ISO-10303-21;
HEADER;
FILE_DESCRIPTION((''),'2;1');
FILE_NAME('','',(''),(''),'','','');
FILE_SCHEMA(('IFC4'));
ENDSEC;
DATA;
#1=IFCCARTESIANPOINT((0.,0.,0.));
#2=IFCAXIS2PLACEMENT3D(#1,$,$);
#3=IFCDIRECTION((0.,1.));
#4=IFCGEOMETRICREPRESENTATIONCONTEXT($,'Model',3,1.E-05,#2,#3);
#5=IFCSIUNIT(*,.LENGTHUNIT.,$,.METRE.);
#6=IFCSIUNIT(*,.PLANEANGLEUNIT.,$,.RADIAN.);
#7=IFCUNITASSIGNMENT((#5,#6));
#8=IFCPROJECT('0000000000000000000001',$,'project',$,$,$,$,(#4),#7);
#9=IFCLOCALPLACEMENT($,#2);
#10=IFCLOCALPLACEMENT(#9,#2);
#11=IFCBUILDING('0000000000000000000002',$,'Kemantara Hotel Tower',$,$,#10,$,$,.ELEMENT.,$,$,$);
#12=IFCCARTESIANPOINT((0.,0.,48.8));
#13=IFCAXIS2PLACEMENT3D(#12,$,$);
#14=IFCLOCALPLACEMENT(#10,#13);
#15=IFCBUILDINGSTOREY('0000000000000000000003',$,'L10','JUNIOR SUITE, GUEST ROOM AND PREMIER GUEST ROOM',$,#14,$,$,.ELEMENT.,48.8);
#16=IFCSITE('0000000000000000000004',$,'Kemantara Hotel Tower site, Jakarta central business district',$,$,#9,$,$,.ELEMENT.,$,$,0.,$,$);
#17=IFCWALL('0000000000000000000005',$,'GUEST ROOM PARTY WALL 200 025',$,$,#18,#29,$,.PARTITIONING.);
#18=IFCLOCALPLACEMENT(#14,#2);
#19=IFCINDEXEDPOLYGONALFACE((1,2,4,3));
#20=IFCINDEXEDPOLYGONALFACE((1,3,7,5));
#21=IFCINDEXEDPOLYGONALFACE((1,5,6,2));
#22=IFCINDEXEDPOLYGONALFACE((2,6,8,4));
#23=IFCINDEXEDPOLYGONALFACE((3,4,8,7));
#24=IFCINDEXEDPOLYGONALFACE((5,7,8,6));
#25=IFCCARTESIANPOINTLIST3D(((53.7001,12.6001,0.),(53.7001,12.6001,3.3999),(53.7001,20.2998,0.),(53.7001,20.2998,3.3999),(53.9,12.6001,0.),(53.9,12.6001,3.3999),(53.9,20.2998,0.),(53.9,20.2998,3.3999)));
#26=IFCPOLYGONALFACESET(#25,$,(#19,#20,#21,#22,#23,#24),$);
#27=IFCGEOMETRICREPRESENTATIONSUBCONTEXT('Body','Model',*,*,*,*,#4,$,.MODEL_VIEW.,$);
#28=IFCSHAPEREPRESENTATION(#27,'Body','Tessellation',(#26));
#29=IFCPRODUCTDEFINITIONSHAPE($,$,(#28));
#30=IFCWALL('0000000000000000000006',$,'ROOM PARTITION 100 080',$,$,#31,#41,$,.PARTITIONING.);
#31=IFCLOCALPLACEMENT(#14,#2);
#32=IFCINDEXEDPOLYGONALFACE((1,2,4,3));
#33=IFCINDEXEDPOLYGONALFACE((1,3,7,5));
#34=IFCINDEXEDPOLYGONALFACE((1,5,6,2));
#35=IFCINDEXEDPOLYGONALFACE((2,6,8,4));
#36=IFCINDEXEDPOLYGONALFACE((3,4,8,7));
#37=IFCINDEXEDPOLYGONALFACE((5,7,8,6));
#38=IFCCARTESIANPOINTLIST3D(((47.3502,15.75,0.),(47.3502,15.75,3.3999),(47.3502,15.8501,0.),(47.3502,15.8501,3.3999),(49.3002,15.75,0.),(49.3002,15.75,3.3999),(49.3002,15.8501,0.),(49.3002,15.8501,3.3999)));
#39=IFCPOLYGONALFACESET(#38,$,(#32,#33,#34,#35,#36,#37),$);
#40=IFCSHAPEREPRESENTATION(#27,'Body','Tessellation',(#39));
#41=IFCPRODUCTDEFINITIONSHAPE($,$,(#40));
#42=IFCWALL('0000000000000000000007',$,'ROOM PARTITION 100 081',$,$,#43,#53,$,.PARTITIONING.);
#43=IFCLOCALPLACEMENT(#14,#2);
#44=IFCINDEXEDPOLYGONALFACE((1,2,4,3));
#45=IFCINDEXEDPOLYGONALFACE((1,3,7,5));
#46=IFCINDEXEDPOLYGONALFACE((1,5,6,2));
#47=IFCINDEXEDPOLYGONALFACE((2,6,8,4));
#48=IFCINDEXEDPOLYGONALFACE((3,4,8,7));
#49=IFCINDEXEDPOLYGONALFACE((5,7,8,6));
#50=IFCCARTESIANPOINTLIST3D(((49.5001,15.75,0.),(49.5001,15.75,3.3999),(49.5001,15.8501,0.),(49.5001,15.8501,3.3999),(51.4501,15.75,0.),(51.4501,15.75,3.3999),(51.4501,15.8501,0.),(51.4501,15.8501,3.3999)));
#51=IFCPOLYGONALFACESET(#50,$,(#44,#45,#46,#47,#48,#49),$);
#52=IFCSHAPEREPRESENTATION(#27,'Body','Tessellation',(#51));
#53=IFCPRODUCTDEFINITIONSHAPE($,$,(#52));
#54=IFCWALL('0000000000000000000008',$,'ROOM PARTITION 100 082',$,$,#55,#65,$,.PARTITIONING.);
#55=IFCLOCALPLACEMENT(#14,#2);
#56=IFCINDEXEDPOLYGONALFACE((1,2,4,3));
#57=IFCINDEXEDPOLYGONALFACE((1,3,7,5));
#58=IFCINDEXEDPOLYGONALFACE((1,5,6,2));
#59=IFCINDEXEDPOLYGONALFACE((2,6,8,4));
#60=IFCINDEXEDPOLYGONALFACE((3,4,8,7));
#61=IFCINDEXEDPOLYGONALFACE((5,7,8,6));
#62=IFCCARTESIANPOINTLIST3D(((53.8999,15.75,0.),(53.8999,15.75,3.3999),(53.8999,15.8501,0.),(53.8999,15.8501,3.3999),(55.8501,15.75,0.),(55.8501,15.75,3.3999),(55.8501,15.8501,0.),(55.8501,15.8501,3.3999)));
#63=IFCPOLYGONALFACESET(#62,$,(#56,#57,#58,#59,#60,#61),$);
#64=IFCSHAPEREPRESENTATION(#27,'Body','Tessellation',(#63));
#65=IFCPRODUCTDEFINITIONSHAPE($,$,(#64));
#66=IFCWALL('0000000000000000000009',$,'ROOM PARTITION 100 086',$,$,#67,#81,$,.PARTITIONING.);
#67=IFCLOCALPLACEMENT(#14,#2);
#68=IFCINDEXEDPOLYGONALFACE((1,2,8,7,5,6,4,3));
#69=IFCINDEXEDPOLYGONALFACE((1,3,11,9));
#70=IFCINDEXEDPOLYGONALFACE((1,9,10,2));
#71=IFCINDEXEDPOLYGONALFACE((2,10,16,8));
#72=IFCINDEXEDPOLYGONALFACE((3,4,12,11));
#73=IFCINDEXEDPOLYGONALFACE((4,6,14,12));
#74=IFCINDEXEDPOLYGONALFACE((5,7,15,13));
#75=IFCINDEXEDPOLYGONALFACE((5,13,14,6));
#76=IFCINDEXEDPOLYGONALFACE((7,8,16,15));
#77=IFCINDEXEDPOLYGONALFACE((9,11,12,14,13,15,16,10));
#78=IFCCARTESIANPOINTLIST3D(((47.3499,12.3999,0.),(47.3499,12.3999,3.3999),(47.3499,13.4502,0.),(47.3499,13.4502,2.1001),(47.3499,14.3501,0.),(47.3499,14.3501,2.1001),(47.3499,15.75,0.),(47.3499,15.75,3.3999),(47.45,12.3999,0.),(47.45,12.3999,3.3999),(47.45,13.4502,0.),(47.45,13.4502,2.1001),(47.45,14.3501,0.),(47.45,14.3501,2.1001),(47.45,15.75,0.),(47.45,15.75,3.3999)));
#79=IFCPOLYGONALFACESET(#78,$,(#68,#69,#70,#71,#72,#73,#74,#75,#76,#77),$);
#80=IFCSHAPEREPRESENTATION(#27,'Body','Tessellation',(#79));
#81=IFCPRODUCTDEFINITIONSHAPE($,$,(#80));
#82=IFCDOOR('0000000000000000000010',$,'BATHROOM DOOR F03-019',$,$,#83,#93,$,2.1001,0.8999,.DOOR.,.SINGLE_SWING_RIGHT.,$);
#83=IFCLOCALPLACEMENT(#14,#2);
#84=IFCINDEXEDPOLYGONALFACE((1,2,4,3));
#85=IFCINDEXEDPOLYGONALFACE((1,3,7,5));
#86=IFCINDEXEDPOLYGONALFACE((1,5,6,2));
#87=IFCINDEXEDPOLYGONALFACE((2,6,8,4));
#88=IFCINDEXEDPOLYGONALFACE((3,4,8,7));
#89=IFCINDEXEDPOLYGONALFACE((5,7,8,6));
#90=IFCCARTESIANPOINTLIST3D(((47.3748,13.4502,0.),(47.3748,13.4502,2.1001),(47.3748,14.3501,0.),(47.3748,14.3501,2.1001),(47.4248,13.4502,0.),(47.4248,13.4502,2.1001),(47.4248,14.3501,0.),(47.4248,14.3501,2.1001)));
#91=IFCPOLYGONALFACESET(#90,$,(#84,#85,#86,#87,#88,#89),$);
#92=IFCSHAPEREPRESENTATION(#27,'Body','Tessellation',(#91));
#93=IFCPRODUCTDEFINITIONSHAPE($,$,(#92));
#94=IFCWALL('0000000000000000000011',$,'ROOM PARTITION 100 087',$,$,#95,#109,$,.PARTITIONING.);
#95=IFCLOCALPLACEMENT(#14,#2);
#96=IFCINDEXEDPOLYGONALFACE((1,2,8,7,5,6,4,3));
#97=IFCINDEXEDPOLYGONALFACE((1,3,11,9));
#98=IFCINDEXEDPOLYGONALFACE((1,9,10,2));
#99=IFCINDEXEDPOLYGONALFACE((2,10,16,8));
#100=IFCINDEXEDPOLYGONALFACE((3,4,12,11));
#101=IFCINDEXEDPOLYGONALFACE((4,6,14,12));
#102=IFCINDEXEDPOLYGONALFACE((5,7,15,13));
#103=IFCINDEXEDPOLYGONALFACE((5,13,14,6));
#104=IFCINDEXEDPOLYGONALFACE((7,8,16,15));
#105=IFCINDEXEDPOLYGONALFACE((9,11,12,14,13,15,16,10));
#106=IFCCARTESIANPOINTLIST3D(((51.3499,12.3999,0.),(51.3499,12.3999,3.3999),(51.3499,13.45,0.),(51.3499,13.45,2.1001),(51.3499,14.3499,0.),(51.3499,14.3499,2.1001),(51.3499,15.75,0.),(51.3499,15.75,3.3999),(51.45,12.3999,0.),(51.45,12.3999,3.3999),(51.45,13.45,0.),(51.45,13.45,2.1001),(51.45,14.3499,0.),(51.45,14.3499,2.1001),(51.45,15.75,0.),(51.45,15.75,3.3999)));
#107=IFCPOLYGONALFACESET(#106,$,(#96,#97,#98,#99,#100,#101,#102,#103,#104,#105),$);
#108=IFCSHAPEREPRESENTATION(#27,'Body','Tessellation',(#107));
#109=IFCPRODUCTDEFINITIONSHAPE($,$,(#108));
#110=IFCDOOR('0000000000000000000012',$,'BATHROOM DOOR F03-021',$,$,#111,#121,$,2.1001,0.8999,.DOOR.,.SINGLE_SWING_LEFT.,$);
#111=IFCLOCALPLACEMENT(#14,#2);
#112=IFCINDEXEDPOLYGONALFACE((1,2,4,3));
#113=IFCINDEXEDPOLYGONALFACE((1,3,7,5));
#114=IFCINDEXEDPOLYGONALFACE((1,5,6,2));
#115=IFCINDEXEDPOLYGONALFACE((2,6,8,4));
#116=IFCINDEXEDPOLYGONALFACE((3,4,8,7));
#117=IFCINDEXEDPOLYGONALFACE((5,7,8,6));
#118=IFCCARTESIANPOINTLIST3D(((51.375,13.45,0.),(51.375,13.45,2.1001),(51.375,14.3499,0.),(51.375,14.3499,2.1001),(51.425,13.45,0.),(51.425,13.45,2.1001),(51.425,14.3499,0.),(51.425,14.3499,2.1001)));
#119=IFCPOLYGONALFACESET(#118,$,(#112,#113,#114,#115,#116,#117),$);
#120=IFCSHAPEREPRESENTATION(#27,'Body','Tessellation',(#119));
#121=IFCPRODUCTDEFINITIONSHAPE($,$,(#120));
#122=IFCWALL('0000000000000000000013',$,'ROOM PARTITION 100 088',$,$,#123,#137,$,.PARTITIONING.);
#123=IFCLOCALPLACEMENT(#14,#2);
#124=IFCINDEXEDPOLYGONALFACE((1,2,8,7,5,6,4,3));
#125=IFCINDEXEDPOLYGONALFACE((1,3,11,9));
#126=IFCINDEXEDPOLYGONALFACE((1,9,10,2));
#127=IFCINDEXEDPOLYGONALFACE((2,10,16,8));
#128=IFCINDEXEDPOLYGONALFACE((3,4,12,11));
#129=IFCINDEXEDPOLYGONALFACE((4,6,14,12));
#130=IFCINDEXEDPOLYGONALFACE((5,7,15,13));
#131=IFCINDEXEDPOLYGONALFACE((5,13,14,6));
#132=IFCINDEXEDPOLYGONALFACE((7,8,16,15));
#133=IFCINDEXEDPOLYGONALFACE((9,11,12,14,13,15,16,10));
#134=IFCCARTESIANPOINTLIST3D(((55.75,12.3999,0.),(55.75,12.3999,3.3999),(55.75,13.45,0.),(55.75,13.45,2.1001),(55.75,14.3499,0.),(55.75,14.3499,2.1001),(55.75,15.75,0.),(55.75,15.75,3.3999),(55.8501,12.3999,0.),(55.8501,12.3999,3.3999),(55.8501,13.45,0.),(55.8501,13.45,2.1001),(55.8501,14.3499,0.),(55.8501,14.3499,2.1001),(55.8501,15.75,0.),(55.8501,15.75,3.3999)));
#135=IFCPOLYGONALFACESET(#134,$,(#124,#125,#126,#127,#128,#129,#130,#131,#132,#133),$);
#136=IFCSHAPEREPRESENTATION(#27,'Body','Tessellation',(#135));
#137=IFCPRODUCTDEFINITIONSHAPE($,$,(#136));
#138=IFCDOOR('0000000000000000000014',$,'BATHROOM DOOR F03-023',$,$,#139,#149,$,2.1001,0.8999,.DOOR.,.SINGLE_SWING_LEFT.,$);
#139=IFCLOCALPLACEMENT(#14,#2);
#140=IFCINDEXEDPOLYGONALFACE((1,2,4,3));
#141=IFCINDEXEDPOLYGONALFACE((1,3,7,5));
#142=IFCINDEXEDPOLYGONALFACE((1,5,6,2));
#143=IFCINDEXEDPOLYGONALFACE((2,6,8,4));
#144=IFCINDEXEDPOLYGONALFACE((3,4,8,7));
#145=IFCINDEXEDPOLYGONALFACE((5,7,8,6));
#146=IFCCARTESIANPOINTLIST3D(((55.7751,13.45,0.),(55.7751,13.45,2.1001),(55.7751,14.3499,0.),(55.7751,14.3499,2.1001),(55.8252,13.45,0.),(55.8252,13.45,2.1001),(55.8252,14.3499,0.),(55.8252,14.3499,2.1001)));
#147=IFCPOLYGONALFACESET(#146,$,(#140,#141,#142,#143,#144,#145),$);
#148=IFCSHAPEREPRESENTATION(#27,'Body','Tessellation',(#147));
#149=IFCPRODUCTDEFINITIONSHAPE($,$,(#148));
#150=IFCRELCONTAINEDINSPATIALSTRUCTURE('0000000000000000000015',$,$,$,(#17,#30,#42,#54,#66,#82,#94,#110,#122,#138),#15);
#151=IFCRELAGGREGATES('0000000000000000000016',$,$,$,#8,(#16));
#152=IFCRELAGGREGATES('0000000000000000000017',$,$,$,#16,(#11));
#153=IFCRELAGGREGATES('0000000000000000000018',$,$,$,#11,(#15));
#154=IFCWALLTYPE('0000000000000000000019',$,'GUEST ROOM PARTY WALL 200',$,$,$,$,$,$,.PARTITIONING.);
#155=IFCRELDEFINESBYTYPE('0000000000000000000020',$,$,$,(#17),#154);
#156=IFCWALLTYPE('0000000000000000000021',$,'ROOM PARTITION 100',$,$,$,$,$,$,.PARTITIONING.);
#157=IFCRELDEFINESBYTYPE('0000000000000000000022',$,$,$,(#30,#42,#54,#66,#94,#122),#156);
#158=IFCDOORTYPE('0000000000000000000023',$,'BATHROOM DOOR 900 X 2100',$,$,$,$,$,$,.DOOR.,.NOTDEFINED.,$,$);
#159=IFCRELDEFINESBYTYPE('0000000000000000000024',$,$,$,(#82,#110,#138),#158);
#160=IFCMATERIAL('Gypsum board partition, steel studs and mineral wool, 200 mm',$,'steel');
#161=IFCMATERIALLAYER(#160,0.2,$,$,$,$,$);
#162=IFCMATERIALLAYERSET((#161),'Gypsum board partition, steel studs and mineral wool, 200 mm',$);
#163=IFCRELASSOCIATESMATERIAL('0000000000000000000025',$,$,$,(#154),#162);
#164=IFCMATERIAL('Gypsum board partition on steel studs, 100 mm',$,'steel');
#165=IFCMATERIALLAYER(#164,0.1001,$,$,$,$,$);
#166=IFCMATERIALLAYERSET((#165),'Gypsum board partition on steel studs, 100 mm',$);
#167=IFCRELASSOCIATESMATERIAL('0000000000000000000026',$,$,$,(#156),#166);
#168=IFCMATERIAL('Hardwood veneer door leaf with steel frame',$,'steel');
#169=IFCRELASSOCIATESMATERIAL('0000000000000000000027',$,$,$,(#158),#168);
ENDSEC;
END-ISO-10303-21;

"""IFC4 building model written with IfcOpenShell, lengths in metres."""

from ifc_helpers import new_model, si_unit, direction, frame, frame_2d, origin, place, context, subcontext, project, spatial, rectangle, extrude, material, layer, layer_set, type_object, element, fill, save


model = new_model("IFC4")

# Units and contexts
model_context = context("Model", 3, precision=1e-05, world=origin(), true_north=direction((0.0, 1.0)))
body_context = subcontext(model_context, "Body", "Model", "MODEL_VIEW")
ifc_project = project(units=[si_unit("LENGTHUNIT", "METRE"), si_unit("PLANEANGLEUNIT", "RADIAN")], contexts=[model_context])

# Site, building, storey
site_placement = place(None, origin())
site = spatial("IfcSite", under=ifc_project, at=site_placement, Name="Kemantara Hotel Tower site, Jakarta central business district", CompositionType="ELEMENT", RefElevation=0.0)
building_placement = place(site_placement, origin())
building = spatial("IfcBuilding", under=site, at=building_placement, Name="Kemantara Hotel Tower", CompositionType="ELEMENT")
storey_placement = place(building_placement, frame((0.0, 0.0, 48.8)))
storey = spatial("IfcBuildingStorey", under=building, at=storey_placement, Name="L10", Description="JUNIOR SUITE, GUEST ROOM AND PREMIER GUEST ROOM", CompositionType="ELEMENT", Elevation=48.8)

# Shared definitions
ifc_material_1 = material(Name="Gypsum board partition, steel studs and mineral wool, 200 mm", Category="steel")
ifc_material_2 = material(Name="Hardwood veneer door leaf with steel frame", Category="steel")

# Walls
ifc_layer_1 = layer(ifc_material_1, 0.2)
ifc_layer_set_1 = layer_set([ifc_layer_1], Name="Gypsum board partition, steel studs and mineral wool, 200 mm")
wall_type_1 = type_object("IfcWallType", Name="GUEST ROOM PARTY WALL 200", PredefinedType="PARTITIONING", material=ifc_layer_set_1)
wall_1_placement = place(storey_placement, frame((53.8, 12.6001, 0.0), z_axis=(0.0, 0.0, 1.0), x_axis=(0.0, 1.0, 0.0)))
element("IfcWall", 1, at=wall_1_placement, inside=storey, type_object=wall_type_1, Name="GUEST ROOM PARTY WALL 200 025", PredefinedType="PARTITIONING", context=body_context, shape_type="SweptSolid", body=[
    extrude(rectangle(XDim=7.6997, YDim=0.2, at=frame_2d((3.8499, 0.0))), origin(), (0.0, 0.0, 1.0), 3.3999),
])
ifc_material_3 = material(Name="Gypsum board partition on steel studs, 100 mm", Category="steel")
ifc_layer_2 = layer(ifc_material_3, 0.1001)
ifc_layer_set_2 = layer_set([ifc_layer_2], Name="Gypsum board partition on steel studs, 100 mm")
wall_type_2 = type_object("IfcWallType", Name="ROOM PARTITION 100", PredefinedType="PARTITIONING", material=ifc_layer_set_2)
for number, where, z_axis, x_axis, name in (
    (2, (47.3501, 15.8, 0.0), (0.0, 0.0, 1.0), (1.0, 0.0, 0.0), "ROOM PARTITION 100 080"),
    (3, (49.5, 15.8, 0.0), (0.0, 0.0, 1.0), (1.0, 0.0, 0.0), "ROOM PARTITION 100 081"),
):
    element("IfcWall", number, at=place(storey_placement, frame(where, z_axis=z_axis, x_axis=x_axis)), inside=storey, type_object=wall_type_2, Name=name, PredefinedType="PARTITIONING", context=body_context, shape_type="SweptSolid", body=[
        extrude(rectangle(XDim=1.95, YDim=0.1001, at=frame_2d((0.9751, 0.0))), origin(), (0.0, 0.0, 1.0), 3.3999),
    ])
wall_2_placement = place(storey_placement, frame((53.8999, 15.8, 0.0), z_axis=(0.0, 0.0, 1.0), x_axis=(1.0, 0.0, 0.0)))
element("IfcWall", 4, at=wall_2_placement, inside=storey, type_object=wall_type_2, Name="ROOM PARTITION 100 082", PredefinedType="PARTITIONING", context=body_context, shape_type="SweptSolid", body=[
    extrude(rectangle(XDim=1.9502, YDim=0.1001, at=frame_2d((0.9751, 0.0))), origin(), (0.0, 0.0, 1.0), 3.3999),
])

# Walls, openings, doors
wall_3_placement = place(storey_placement, frame((47.3999, 15.75, 0.0), z_axis=(0.0, 0.0, 1.0), x_axis=(0.0, -1.0, 0.0)))
wall_3 = element("IfcWall", 5, at=wall_3_placement, inside=storey, type_object=wall_type_2, Name="ROOM PARTITION 100 086", PredefinedType="PARTITIONING", context=body_context, shape_type="SweptSolid", body=[
    extrude(rectangle(XDim=3.3501, YDim=0.1001, at=frame_2d((1.675, 0.0))), origin(), (0.0, 0.0, 1.0), 3.3999),
])
opening_1_placement = place(wall_3_placement, frame((1.3999, 0.0, 0.0)))
opening_1 = element("IfcOpeningElement", 6, at=opening_1_placement, cuts=wall_3, PredefinedType="OPENING", context=body_context, shape_type="SweptSolid", body=[
    extrude(rectangle(XDim=0.8999, YDim=2.1001, at=frame_2d((0.45, 1.05))), frame((0.0, 0.0601, 0.0), z_axis=(0.0, -1.0, 0.0), x_axis=(1.0, 0.0, 0.0)), (0.0, 0.0, 1.0), 0.1201),
])
door_type_1 = type_object("IfcDoorType", Name="BATHROOM DOOR 900 X 2100", OperationType="NOTDEFINED", PredefinedType="DOOR", material=ifc_material_2)
door_1_placement = place(opening_1_placement, origin())
door_1 = element("IfcDoor", 7, at=door_1_placement, inside=storey, type_object=door_type_1, Name="BATHROOM DOOR F03-019", OperationType="SINGLE_SWING_RIGHT", OverallHeight=2.1001, OverallWidth=0.8999, PredefinedType="DOOR", context=body_context, shape_type="SweptSolid", body=[
    extrude(rectangle(XDim=0.8999, YDim=2.1001, at=frame_2d((0.45, 1.05))), frame((0.0, 0.0249, 0.0), z_axis=(0.0, -1.0, 0.0), x_axis=(1.0, 0.0, 0.0)), (0.0, 0.0, 1.0), 0.05),
])
fill(opening_1, door_1)
wall_4_placement = place(storey_placement, frame((51.3999, 12.3999, 0.0), z_axis=(0.0, 0.0, 1.0), x_axis=(0.0, 1.0, 0.0)))
wall_4 = element("IfcWall", 8, at=wall_4_placement, inside=storey, type_object=wall_type_2, Name="ROOM PARTITION 100 087", PredefinedType="PARTITIONING", context=body_context, shape_type="SweptSolid", body=[
    extrude(rectangle(XDim=3.3501, YDim=0.1001, at=frame_2d((1.675, 0.0))), origin(), (0.0, 0.0, 1.0), 3.3999),
])
opening_2_placement = place(wall_4_placement, frame((1.05, 0.0, 0.0)))
opening_2 = element("IfcOpeningElement", 9, at=opening_2_placement, cuts=wall_4, PredefinedType="OPENING", context=body_context, shape_type="SweptSolid", body=[
    extrude(rectangle(XDim=0.8999, YDim=2.1001, at=frame_2d((0.45, 1.05))), frame((0.0, 0.0601, 0.0), z_axis=(0.0, -1.0, 0.0), x_axis=(1.0, 0.0, 0.0)), (0.0, 0.0, 1.0), 0.1201),
])
door_2_placement = place(opening_2_placement, origin())
door_2 = element("IfcDoor", 10, at=door_2_placement, inside=storey, type_object=door_type_1, Name="BATHROOM DOOR F03-021", OperationType="SINGLE_SWING_LEFT", OverallHeight=2.1001, OverallWidth=0.8999, PredefinedType="DOOR", context=body_context, shape_type="SweptSolid", body=[
    extrude(rectangle(XDim=0.8999, YDim=2.1001, at=frame_2d((0.45, 1.05))), frame((0.0, 0.0249, 0.0), z_axis=(0.0, -1.0, 0.0), x_axis=(1.0, 0.0, 0.0)), (0.0, 0.0, 1.0), 0.05),
])
fill(opening_2, door_2)
wall_5_placement = place(storey_placement, frame((55.8, 12.3999, 0.0), z_axis=(0.0, 0.0, 1.0), x_axis=(0.0, 1.0, 0.0)))
wall_5 = element("IfcWall", 11, at=wall_5_placement, inside=storey, type_object=wall_type_2, Name="ROOM PARTITION 100 088", PredefinedType="PARTITIONING", context=body_context, shape_type="SweptSolid", body=[
    extrude(rectangle(XDim=3.3501, YDim=0.1001, at=frame_2d((1.675, 0.0))), origin(), (0.0, 0.0, 1.0), 3.3999),
])
opening_3_placement = place(wall_5_placement, frame((1.05, 0.0, 0.0)))
opening_3 = element("IfcOpeningElement", 12, at=opening_3_placement, cuts=wall_5, PredefinedType="OPENING", context=body_context, shape_type="SweptSolid", body=[
    extrude(rectangle(XDim=0.8999, YDim=2.1001, at=frame_2d((0.45, 1.05))), frame((0.0, 0.0601, 0.0), z_axis=(0.0, -1.0, 0.0), x_axis=(1.0, 0.0, 0.0)), (0.0, 0.0, 1.0), 0.1201),
])
door_3_placement = place(opening_3_placement, origin())
door_3 = element("IfcDoor", 13, at=door_3_placement, inside=storey, type_object=door_type_1, Name="BATHROOM DOOR F03-023", OperationType="SINGLE_SWING_LEFT", OverallHeight=2.1001, OverallWidth=0.8999, PredefinedType="DOOR", context=body_context, shape_type="SweptSolid", body=[
    extrude(rectangle(XDim=0.8999, YDim=2.1001, at=frame_2d((0.45, 1.05))), frame((0.0, 0.0249, 0.0), z_axis=(0.0, -1.0, 0.0), x_axis=(1.0, 0.0, 0.0)), (0.0, 0.0, 1.0), 0.05),
])
fill(opening_3, door_3)

save(model, "model.ifc")
